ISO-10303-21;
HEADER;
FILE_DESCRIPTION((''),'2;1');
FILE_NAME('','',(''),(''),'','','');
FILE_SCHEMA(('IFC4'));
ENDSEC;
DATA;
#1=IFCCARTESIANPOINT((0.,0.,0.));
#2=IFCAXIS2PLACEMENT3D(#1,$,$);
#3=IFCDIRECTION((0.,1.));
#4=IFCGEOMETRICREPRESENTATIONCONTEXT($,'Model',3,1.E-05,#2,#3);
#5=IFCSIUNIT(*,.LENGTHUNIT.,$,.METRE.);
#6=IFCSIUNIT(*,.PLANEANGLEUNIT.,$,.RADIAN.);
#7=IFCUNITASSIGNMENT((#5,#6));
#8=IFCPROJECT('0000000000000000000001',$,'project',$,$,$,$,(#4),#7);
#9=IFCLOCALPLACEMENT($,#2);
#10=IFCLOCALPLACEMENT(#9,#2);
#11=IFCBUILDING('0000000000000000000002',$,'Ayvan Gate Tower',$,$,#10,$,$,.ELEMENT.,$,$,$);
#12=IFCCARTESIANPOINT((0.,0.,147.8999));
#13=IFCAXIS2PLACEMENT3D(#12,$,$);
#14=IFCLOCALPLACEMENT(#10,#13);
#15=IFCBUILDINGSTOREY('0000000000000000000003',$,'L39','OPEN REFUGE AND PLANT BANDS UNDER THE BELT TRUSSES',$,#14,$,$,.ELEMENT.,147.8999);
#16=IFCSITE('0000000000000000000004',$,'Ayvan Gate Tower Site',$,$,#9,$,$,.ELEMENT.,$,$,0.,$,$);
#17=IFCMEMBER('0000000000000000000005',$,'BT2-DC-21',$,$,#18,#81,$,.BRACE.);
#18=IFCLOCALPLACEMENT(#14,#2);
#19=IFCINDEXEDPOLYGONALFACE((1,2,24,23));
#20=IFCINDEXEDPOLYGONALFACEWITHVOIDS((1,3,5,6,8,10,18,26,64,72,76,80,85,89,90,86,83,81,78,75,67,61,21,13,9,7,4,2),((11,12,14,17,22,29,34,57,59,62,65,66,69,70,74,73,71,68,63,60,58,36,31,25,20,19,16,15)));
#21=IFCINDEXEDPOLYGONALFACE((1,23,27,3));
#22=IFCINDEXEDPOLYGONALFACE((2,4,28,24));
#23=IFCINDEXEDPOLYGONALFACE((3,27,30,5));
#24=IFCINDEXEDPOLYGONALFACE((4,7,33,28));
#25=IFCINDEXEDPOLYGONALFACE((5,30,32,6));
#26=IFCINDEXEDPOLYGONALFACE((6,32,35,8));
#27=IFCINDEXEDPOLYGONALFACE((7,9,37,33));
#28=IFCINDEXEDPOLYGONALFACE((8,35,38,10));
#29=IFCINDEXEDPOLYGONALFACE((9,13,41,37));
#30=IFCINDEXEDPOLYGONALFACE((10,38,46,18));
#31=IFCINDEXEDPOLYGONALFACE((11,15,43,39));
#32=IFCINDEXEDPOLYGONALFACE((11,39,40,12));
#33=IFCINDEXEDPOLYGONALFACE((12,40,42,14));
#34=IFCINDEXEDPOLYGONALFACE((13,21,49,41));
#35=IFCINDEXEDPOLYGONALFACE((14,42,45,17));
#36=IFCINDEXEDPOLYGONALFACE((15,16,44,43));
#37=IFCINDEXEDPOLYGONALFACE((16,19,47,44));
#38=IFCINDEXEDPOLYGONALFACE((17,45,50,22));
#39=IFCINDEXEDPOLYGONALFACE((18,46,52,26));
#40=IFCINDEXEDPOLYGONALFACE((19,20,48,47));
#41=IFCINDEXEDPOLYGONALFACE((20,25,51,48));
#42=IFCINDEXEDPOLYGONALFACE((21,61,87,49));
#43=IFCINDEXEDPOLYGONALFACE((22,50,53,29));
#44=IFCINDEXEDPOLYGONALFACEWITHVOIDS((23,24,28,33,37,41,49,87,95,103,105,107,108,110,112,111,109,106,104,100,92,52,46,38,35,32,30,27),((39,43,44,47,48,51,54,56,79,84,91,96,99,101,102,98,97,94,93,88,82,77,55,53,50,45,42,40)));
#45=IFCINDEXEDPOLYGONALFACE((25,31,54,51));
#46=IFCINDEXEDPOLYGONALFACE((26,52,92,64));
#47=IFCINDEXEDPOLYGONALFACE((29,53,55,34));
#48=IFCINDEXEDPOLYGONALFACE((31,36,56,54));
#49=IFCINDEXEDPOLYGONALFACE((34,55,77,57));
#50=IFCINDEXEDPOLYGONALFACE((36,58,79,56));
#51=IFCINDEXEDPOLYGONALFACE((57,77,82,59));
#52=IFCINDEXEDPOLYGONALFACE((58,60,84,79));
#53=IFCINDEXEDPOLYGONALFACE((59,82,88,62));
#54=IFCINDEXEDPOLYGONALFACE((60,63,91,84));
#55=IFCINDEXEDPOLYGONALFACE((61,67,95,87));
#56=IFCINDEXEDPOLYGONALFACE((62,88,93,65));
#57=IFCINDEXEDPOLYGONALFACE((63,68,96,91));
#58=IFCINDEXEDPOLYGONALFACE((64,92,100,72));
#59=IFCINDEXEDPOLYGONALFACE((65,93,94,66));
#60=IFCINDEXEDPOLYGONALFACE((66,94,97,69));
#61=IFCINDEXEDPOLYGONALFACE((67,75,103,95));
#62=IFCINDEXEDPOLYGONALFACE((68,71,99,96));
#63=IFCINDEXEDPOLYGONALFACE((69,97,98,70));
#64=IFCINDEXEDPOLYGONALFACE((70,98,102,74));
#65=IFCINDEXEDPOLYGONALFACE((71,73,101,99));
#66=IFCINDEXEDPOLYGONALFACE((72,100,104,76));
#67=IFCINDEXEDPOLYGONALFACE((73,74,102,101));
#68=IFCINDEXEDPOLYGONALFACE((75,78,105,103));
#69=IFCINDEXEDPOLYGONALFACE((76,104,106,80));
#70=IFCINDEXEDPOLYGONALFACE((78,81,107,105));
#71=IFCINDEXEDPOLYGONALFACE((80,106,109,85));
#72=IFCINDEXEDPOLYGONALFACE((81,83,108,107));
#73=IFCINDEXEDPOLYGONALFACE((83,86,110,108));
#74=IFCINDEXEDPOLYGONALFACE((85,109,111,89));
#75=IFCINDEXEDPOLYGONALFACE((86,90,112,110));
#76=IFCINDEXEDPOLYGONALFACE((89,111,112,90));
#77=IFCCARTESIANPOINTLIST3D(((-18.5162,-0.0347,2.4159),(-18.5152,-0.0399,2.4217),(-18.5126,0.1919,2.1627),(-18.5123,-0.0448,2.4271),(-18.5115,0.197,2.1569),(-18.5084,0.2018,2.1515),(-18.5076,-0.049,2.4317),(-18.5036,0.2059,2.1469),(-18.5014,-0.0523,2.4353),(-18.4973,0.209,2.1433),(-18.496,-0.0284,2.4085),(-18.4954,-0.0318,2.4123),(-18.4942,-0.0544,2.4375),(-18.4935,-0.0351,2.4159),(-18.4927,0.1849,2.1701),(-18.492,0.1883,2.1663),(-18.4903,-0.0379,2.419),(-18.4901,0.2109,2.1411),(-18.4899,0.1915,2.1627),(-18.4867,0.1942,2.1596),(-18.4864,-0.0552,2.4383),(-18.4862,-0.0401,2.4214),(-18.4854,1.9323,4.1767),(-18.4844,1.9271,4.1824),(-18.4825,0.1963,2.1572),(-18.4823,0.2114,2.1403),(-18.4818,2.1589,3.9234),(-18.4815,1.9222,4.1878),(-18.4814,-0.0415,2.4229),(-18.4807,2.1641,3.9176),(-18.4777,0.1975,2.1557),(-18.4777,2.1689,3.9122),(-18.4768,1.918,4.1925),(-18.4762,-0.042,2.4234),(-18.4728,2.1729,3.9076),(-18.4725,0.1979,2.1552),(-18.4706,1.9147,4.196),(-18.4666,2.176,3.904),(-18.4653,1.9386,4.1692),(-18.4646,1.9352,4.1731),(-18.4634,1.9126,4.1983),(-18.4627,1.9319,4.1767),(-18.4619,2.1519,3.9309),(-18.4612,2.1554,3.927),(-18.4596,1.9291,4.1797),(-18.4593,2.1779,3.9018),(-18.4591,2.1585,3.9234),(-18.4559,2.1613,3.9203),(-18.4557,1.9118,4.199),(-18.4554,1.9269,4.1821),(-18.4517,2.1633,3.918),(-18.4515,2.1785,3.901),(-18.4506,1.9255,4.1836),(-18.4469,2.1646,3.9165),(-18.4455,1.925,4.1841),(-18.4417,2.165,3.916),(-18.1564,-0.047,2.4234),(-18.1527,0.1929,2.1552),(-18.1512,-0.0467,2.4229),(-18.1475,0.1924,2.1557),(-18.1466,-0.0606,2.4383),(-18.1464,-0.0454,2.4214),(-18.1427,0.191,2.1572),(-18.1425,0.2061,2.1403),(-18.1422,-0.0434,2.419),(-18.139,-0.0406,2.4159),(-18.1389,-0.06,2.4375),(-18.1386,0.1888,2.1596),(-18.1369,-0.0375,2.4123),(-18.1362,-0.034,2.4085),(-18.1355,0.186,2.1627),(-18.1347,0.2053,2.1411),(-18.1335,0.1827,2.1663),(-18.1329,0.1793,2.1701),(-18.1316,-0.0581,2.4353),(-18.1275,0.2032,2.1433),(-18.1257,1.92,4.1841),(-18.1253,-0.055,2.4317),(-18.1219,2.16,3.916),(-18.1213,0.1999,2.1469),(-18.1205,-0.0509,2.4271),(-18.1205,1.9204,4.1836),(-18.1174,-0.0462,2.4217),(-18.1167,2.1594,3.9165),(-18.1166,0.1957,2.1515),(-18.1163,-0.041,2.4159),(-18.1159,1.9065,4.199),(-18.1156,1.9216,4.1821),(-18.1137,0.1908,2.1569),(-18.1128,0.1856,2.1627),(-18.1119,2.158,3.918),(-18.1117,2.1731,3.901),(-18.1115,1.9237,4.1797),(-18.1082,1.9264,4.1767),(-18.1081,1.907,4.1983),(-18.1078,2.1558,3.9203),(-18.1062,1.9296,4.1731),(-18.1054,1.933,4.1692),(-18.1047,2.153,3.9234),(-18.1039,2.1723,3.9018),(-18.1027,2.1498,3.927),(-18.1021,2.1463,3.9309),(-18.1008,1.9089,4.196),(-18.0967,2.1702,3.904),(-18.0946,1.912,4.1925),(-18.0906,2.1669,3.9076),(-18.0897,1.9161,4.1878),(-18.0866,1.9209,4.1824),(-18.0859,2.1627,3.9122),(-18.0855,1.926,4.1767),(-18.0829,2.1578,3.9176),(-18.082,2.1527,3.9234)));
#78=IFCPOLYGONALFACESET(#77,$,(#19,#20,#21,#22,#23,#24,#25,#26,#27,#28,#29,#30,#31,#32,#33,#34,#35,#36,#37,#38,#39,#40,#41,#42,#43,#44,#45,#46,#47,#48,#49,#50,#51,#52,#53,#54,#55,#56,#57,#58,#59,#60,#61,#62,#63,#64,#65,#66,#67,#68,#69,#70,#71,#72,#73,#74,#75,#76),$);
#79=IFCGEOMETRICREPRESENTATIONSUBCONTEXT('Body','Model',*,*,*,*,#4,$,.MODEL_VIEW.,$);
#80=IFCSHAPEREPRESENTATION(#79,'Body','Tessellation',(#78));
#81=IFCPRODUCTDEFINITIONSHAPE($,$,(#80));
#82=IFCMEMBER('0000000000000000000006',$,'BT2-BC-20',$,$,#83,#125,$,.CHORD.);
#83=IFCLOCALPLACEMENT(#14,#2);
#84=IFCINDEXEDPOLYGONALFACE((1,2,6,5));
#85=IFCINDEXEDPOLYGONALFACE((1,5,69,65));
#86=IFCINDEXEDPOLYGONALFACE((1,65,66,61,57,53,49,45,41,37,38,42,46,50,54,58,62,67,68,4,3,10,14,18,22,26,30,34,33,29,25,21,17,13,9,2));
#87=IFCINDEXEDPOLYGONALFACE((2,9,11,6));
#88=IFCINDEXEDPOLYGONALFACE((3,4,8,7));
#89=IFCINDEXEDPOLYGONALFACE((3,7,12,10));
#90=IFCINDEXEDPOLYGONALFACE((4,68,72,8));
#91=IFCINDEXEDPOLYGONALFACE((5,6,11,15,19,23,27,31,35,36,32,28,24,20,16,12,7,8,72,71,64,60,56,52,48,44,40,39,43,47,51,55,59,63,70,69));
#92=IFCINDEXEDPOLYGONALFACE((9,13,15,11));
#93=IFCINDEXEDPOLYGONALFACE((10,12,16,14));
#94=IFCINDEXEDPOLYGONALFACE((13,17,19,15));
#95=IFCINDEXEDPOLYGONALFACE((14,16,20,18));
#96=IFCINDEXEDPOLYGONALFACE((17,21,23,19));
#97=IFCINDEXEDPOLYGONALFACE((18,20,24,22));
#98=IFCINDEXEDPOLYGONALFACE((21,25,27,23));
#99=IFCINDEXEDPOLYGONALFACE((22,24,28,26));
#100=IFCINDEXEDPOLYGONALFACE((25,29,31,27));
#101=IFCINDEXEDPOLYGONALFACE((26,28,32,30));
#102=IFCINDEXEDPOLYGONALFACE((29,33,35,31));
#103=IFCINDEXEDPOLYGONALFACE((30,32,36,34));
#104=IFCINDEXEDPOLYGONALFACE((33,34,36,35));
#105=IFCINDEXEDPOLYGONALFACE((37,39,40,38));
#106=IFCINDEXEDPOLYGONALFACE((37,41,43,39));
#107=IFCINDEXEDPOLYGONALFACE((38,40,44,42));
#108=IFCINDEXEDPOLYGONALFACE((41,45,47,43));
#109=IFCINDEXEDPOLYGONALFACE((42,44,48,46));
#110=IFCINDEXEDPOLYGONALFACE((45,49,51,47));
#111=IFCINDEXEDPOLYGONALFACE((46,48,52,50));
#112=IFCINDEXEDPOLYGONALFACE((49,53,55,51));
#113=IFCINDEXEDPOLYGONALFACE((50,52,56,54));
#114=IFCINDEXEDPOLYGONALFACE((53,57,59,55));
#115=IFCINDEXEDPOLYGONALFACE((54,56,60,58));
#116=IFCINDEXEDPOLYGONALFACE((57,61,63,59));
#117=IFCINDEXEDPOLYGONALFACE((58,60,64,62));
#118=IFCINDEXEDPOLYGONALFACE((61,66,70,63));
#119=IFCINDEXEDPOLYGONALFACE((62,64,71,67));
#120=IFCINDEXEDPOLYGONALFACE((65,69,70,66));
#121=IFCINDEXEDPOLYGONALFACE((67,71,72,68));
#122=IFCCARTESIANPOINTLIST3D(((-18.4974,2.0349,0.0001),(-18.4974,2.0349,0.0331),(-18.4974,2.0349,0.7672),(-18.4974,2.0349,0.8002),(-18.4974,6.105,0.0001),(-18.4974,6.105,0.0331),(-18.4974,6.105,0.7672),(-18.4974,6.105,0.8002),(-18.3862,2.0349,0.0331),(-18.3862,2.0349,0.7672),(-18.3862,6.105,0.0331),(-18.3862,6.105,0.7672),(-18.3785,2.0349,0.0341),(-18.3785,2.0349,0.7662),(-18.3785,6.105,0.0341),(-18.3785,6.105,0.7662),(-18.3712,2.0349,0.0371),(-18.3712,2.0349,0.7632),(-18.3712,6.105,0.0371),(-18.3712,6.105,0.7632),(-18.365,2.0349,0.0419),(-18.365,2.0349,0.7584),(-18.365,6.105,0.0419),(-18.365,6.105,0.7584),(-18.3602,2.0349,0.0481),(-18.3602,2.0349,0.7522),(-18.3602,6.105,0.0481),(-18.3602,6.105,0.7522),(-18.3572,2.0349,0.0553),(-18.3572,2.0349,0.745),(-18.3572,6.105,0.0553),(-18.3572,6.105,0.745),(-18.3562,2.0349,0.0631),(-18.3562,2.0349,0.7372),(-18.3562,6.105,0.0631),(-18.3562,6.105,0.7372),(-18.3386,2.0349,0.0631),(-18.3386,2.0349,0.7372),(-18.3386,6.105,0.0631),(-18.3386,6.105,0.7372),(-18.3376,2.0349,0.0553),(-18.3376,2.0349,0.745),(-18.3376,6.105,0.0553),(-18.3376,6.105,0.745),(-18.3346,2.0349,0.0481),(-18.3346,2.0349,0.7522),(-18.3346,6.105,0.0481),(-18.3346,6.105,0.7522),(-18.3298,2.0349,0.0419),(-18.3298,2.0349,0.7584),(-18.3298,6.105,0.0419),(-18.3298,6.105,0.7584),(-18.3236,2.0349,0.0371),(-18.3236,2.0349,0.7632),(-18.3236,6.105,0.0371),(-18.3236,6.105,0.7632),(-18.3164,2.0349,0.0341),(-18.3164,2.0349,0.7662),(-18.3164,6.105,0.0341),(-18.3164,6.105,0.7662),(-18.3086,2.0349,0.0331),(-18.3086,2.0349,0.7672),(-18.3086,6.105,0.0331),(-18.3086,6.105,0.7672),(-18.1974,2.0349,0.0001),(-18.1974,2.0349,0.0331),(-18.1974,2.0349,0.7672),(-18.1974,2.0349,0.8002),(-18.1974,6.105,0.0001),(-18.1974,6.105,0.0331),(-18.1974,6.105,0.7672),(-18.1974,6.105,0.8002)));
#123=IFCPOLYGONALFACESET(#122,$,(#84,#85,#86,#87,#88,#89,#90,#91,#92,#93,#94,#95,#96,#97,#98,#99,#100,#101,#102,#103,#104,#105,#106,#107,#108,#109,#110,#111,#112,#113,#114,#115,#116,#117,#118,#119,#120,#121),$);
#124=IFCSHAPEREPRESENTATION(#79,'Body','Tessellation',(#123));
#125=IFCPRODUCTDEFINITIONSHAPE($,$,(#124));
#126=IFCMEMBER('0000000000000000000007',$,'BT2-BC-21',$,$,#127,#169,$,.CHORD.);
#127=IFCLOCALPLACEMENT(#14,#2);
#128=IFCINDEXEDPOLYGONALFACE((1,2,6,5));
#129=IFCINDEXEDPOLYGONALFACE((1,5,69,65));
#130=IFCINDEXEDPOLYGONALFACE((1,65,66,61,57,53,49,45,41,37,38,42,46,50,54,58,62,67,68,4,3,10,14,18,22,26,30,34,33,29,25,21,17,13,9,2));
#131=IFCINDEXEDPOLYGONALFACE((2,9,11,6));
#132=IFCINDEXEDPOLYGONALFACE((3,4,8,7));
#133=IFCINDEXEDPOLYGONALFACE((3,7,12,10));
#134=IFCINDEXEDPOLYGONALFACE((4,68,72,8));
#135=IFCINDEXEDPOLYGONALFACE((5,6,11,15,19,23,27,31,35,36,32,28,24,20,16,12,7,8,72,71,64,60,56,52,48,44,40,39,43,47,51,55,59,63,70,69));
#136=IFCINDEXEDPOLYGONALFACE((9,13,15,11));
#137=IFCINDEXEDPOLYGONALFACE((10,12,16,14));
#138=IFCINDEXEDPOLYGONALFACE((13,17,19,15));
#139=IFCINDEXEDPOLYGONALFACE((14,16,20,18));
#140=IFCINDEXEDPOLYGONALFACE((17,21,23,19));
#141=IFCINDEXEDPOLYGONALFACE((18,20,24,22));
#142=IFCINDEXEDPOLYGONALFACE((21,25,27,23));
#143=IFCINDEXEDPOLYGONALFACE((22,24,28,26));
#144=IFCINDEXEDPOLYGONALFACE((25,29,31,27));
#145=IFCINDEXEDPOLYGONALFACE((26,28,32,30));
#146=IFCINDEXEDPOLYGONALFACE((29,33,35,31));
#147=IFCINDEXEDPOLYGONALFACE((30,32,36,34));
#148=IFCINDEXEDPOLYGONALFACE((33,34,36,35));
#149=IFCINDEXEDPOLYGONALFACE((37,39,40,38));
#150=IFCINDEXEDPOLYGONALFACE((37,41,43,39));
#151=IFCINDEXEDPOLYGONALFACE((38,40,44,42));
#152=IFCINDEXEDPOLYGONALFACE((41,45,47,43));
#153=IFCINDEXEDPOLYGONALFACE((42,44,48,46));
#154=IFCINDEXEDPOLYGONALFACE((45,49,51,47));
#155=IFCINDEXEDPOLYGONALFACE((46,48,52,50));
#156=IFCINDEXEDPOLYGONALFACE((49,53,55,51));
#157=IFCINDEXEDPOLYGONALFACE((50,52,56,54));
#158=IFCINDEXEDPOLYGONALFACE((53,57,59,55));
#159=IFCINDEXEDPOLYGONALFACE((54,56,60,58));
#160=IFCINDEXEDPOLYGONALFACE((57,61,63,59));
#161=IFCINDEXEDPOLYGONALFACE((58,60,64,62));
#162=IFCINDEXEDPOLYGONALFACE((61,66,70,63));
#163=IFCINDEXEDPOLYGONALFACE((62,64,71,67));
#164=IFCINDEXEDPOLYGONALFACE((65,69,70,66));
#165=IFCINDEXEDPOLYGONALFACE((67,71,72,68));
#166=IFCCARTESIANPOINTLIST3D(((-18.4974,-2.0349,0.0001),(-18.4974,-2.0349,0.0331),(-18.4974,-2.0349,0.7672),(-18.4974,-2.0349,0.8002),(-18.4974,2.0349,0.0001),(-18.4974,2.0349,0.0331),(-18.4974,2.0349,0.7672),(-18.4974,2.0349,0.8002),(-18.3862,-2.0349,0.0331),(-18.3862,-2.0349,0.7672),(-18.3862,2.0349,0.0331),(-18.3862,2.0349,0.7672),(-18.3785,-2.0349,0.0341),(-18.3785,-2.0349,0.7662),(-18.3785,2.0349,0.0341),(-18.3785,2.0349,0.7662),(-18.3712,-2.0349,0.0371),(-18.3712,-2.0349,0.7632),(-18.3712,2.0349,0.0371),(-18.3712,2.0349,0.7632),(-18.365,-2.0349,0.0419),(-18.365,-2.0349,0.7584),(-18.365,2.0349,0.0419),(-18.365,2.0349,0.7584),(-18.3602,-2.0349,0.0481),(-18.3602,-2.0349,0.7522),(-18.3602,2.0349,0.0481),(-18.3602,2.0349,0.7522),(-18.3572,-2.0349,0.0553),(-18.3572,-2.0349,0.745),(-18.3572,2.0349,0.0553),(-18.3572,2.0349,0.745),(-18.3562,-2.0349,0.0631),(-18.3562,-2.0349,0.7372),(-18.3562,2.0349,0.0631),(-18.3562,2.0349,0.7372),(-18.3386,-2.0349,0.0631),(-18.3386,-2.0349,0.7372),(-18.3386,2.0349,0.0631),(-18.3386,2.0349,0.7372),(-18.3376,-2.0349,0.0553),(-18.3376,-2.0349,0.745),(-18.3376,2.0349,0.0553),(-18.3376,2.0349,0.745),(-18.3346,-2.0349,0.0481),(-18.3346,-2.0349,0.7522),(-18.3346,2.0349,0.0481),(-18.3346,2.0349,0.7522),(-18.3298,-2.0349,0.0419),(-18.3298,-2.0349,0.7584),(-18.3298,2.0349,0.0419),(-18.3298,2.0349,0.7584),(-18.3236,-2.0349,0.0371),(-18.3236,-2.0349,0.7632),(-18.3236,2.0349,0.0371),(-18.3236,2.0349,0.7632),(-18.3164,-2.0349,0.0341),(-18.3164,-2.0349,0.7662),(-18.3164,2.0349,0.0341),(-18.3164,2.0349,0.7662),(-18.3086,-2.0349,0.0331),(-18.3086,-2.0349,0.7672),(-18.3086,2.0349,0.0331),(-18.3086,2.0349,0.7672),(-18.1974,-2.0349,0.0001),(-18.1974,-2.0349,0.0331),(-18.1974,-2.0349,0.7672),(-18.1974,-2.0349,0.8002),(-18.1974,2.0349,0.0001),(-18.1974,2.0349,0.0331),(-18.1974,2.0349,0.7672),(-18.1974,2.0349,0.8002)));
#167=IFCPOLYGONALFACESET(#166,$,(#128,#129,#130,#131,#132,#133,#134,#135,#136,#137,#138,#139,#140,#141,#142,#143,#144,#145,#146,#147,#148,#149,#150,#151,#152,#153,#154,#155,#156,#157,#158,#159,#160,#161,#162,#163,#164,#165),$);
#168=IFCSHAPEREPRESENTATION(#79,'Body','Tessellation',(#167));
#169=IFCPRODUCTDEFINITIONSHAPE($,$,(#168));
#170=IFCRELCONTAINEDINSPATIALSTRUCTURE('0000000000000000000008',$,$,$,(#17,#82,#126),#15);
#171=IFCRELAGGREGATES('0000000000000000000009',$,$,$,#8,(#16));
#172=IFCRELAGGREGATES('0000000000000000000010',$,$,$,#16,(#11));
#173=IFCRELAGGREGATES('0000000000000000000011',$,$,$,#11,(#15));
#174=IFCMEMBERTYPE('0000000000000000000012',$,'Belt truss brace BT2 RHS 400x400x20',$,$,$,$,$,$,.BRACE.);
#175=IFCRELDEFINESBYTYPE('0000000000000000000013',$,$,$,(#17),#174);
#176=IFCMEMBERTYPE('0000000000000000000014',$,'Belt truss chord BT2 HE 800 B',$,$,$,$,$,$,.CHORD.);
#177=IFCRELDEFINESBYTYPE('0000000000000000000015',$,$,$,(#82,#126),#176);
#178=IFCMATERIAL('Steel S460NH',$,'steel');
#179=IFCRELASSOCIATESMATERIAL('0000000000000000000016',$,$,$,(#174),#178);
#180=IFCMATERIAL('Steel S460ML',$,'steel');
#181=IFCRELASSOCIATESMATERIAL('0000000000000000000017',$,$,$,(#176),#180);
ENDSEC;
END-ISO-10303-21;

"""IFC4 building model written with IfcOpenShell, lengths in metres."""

from ifc_helpers import new_model, si_unit, direction, frame, origin, origin_2d, place, context, subcontext, project, spatial, hollow_rectangle, i_section, extrude, material, material_profile, profile_set, type_object, element, save


model = new_model("IFC4")

# Units and contexts
model_context = context("Model", 3, precision=1e-05, world=origin(), true_north=direction((0.0, 1.0)))
body_context = subcontext(model_context, "Body", "Model", "MODEL_VIEW")
ifc_project = project(units=[si_unit("LENGTHUNIT", "METRE"), si_unit("PLANEANGLEUNIT", "RADIAN")], contexts=[model_context])

# Site, building, storey
site_placement = place(None, origin())
site = spatial("IfcSite", under=ifc_project, at=site_placement, Name="Ayvan Gate Tower Site", CompositionType="ELEMENT", RefElevation=0.0)
building_placement = place(site_placement, origin())
building = spatial("IfcBuilding", under=site, at=building_placement, Name="Ayvan Gate Tower", CompositionType="ELEMENT")
storey_placement = place(building_placement, frame((0.0, 0.0, 147.8999)))
storey = spatial("IfcBuildingStorey", under=building, at=storey_placement, Name="L39", Description="OPEN REFUGE AND PLANT BANDS UNDER THE BELT TRUSSES", CompositionType="ELEMENT", Elevation=147.8999)

# Members
ifc_material_1 = material(Name="Steel S460NH", Category="steel")
ifc_material_profile_1 = material_profile(ifc_material_1, hollow_rectangle(XDim=0.3999, YDim=0.3999, WallThickness=0.02, InnerFilletRadius=0.02, OuterFilletRadius=0.03, at=origin_2d()), Name="RHS 400x400x20")
ifc_profile_set_1 = profile_set([ifc_material_profile_1], Name="Steel S460NH")
member_type_1 = type_object("IfcMemberType", Name="Belt truss brace BT2 RHS 400x400x20", PredefinedType="BRACE", material=ifc_profile_set_1)
member_1_placement = place(storey_placement, frame((-18.3145, 0.0754, 2.2893), z_axis=(0.011651, 0.745048, 0.666909), x_axis=(-0.999878, 0.015637, 0.0)))
element("IfcMember", 1, at=member_1_placement, inside=storey, type_object=member_type_1, Name="BT2-DC-21", PredefinedType="BRACE", context=body_context, shape_type="SweptSolid", body=[
    extrude(hollow_rectangle(XDim=0.3999, YDim=0.3999, WallThickness=0.02, InnerFilletRadius=0.02, OuterFilletRadius=0.03, at=origin_2d()), origin(), (0.0, 0.0, 1.0), 2.6401),
])
ifc_material_2 = material(Name="Steel S460ML", Category="steel")
ifc_material_profile_2 = material_profile(ifc_material_2, i_section(OverallWidth=0.3, OverallDepth=0.8, WebThickness=0.0176, FlangeThickness=0.033, FilletRadius=0.03, at=origin_2d()), Name="HE 800 B")
ifc_profile_set_2 = profile_set([ifc_material_profile_2], Name="Steel S460ML")
member_type_2 = type_object("IfcMemberType", Name="Belt truss chord BT2 HE 800 B", PredefinedType="CHORD", material=ifc_profile_set_2)
member_2_placement = place(storey_placement, frame((-18.3474, 6.105, 0.4001), z_axis=(0.0, -1.0, 0.0), x_axis=(1.0, 0.0, 0.0)))
element("IfcMember", 2, at=member_2_placement, inside=storey, type_object=member_type_2, Name="BT2-BC-20", PredefinedType="CHORD", context=body_context, shape_type="SweptSolid", body=[
    extrude(i_section(OverallWidth=0.3, OverallDepth=0.8, WebThickness=0.0176, FlangeThickness=0.033, FilletRadius=0.03, at=origin_2d()), origin(), (0.0, 0.0, 1.0), 4.0701),
])
member_3_placement = place(storey_placement, frame((-18.3474, 2.0349, 0.4001), z_axis=(0.0, -1.0, 0.0), x_axis=(1.0, 0.0, 0.0)))
element("IfcMember", 3, at=member_3_placement, inside=storey, type_object=member_type_2, Name="BT2-BC-21", PredefinedType="CHORD", context=body_context, shape_type="SweptSolid", body=[
    extrude(i_section(OverallWidth=0.3, OverallDepth=0.8, WebThickness=0.0176, FlangeThickness=0.033, FilletRadius=0.03, at=origin_2d()), origin(), (0.0, 0.0, 1.0), 4.0698),
])

save(model, "model.ifc")
